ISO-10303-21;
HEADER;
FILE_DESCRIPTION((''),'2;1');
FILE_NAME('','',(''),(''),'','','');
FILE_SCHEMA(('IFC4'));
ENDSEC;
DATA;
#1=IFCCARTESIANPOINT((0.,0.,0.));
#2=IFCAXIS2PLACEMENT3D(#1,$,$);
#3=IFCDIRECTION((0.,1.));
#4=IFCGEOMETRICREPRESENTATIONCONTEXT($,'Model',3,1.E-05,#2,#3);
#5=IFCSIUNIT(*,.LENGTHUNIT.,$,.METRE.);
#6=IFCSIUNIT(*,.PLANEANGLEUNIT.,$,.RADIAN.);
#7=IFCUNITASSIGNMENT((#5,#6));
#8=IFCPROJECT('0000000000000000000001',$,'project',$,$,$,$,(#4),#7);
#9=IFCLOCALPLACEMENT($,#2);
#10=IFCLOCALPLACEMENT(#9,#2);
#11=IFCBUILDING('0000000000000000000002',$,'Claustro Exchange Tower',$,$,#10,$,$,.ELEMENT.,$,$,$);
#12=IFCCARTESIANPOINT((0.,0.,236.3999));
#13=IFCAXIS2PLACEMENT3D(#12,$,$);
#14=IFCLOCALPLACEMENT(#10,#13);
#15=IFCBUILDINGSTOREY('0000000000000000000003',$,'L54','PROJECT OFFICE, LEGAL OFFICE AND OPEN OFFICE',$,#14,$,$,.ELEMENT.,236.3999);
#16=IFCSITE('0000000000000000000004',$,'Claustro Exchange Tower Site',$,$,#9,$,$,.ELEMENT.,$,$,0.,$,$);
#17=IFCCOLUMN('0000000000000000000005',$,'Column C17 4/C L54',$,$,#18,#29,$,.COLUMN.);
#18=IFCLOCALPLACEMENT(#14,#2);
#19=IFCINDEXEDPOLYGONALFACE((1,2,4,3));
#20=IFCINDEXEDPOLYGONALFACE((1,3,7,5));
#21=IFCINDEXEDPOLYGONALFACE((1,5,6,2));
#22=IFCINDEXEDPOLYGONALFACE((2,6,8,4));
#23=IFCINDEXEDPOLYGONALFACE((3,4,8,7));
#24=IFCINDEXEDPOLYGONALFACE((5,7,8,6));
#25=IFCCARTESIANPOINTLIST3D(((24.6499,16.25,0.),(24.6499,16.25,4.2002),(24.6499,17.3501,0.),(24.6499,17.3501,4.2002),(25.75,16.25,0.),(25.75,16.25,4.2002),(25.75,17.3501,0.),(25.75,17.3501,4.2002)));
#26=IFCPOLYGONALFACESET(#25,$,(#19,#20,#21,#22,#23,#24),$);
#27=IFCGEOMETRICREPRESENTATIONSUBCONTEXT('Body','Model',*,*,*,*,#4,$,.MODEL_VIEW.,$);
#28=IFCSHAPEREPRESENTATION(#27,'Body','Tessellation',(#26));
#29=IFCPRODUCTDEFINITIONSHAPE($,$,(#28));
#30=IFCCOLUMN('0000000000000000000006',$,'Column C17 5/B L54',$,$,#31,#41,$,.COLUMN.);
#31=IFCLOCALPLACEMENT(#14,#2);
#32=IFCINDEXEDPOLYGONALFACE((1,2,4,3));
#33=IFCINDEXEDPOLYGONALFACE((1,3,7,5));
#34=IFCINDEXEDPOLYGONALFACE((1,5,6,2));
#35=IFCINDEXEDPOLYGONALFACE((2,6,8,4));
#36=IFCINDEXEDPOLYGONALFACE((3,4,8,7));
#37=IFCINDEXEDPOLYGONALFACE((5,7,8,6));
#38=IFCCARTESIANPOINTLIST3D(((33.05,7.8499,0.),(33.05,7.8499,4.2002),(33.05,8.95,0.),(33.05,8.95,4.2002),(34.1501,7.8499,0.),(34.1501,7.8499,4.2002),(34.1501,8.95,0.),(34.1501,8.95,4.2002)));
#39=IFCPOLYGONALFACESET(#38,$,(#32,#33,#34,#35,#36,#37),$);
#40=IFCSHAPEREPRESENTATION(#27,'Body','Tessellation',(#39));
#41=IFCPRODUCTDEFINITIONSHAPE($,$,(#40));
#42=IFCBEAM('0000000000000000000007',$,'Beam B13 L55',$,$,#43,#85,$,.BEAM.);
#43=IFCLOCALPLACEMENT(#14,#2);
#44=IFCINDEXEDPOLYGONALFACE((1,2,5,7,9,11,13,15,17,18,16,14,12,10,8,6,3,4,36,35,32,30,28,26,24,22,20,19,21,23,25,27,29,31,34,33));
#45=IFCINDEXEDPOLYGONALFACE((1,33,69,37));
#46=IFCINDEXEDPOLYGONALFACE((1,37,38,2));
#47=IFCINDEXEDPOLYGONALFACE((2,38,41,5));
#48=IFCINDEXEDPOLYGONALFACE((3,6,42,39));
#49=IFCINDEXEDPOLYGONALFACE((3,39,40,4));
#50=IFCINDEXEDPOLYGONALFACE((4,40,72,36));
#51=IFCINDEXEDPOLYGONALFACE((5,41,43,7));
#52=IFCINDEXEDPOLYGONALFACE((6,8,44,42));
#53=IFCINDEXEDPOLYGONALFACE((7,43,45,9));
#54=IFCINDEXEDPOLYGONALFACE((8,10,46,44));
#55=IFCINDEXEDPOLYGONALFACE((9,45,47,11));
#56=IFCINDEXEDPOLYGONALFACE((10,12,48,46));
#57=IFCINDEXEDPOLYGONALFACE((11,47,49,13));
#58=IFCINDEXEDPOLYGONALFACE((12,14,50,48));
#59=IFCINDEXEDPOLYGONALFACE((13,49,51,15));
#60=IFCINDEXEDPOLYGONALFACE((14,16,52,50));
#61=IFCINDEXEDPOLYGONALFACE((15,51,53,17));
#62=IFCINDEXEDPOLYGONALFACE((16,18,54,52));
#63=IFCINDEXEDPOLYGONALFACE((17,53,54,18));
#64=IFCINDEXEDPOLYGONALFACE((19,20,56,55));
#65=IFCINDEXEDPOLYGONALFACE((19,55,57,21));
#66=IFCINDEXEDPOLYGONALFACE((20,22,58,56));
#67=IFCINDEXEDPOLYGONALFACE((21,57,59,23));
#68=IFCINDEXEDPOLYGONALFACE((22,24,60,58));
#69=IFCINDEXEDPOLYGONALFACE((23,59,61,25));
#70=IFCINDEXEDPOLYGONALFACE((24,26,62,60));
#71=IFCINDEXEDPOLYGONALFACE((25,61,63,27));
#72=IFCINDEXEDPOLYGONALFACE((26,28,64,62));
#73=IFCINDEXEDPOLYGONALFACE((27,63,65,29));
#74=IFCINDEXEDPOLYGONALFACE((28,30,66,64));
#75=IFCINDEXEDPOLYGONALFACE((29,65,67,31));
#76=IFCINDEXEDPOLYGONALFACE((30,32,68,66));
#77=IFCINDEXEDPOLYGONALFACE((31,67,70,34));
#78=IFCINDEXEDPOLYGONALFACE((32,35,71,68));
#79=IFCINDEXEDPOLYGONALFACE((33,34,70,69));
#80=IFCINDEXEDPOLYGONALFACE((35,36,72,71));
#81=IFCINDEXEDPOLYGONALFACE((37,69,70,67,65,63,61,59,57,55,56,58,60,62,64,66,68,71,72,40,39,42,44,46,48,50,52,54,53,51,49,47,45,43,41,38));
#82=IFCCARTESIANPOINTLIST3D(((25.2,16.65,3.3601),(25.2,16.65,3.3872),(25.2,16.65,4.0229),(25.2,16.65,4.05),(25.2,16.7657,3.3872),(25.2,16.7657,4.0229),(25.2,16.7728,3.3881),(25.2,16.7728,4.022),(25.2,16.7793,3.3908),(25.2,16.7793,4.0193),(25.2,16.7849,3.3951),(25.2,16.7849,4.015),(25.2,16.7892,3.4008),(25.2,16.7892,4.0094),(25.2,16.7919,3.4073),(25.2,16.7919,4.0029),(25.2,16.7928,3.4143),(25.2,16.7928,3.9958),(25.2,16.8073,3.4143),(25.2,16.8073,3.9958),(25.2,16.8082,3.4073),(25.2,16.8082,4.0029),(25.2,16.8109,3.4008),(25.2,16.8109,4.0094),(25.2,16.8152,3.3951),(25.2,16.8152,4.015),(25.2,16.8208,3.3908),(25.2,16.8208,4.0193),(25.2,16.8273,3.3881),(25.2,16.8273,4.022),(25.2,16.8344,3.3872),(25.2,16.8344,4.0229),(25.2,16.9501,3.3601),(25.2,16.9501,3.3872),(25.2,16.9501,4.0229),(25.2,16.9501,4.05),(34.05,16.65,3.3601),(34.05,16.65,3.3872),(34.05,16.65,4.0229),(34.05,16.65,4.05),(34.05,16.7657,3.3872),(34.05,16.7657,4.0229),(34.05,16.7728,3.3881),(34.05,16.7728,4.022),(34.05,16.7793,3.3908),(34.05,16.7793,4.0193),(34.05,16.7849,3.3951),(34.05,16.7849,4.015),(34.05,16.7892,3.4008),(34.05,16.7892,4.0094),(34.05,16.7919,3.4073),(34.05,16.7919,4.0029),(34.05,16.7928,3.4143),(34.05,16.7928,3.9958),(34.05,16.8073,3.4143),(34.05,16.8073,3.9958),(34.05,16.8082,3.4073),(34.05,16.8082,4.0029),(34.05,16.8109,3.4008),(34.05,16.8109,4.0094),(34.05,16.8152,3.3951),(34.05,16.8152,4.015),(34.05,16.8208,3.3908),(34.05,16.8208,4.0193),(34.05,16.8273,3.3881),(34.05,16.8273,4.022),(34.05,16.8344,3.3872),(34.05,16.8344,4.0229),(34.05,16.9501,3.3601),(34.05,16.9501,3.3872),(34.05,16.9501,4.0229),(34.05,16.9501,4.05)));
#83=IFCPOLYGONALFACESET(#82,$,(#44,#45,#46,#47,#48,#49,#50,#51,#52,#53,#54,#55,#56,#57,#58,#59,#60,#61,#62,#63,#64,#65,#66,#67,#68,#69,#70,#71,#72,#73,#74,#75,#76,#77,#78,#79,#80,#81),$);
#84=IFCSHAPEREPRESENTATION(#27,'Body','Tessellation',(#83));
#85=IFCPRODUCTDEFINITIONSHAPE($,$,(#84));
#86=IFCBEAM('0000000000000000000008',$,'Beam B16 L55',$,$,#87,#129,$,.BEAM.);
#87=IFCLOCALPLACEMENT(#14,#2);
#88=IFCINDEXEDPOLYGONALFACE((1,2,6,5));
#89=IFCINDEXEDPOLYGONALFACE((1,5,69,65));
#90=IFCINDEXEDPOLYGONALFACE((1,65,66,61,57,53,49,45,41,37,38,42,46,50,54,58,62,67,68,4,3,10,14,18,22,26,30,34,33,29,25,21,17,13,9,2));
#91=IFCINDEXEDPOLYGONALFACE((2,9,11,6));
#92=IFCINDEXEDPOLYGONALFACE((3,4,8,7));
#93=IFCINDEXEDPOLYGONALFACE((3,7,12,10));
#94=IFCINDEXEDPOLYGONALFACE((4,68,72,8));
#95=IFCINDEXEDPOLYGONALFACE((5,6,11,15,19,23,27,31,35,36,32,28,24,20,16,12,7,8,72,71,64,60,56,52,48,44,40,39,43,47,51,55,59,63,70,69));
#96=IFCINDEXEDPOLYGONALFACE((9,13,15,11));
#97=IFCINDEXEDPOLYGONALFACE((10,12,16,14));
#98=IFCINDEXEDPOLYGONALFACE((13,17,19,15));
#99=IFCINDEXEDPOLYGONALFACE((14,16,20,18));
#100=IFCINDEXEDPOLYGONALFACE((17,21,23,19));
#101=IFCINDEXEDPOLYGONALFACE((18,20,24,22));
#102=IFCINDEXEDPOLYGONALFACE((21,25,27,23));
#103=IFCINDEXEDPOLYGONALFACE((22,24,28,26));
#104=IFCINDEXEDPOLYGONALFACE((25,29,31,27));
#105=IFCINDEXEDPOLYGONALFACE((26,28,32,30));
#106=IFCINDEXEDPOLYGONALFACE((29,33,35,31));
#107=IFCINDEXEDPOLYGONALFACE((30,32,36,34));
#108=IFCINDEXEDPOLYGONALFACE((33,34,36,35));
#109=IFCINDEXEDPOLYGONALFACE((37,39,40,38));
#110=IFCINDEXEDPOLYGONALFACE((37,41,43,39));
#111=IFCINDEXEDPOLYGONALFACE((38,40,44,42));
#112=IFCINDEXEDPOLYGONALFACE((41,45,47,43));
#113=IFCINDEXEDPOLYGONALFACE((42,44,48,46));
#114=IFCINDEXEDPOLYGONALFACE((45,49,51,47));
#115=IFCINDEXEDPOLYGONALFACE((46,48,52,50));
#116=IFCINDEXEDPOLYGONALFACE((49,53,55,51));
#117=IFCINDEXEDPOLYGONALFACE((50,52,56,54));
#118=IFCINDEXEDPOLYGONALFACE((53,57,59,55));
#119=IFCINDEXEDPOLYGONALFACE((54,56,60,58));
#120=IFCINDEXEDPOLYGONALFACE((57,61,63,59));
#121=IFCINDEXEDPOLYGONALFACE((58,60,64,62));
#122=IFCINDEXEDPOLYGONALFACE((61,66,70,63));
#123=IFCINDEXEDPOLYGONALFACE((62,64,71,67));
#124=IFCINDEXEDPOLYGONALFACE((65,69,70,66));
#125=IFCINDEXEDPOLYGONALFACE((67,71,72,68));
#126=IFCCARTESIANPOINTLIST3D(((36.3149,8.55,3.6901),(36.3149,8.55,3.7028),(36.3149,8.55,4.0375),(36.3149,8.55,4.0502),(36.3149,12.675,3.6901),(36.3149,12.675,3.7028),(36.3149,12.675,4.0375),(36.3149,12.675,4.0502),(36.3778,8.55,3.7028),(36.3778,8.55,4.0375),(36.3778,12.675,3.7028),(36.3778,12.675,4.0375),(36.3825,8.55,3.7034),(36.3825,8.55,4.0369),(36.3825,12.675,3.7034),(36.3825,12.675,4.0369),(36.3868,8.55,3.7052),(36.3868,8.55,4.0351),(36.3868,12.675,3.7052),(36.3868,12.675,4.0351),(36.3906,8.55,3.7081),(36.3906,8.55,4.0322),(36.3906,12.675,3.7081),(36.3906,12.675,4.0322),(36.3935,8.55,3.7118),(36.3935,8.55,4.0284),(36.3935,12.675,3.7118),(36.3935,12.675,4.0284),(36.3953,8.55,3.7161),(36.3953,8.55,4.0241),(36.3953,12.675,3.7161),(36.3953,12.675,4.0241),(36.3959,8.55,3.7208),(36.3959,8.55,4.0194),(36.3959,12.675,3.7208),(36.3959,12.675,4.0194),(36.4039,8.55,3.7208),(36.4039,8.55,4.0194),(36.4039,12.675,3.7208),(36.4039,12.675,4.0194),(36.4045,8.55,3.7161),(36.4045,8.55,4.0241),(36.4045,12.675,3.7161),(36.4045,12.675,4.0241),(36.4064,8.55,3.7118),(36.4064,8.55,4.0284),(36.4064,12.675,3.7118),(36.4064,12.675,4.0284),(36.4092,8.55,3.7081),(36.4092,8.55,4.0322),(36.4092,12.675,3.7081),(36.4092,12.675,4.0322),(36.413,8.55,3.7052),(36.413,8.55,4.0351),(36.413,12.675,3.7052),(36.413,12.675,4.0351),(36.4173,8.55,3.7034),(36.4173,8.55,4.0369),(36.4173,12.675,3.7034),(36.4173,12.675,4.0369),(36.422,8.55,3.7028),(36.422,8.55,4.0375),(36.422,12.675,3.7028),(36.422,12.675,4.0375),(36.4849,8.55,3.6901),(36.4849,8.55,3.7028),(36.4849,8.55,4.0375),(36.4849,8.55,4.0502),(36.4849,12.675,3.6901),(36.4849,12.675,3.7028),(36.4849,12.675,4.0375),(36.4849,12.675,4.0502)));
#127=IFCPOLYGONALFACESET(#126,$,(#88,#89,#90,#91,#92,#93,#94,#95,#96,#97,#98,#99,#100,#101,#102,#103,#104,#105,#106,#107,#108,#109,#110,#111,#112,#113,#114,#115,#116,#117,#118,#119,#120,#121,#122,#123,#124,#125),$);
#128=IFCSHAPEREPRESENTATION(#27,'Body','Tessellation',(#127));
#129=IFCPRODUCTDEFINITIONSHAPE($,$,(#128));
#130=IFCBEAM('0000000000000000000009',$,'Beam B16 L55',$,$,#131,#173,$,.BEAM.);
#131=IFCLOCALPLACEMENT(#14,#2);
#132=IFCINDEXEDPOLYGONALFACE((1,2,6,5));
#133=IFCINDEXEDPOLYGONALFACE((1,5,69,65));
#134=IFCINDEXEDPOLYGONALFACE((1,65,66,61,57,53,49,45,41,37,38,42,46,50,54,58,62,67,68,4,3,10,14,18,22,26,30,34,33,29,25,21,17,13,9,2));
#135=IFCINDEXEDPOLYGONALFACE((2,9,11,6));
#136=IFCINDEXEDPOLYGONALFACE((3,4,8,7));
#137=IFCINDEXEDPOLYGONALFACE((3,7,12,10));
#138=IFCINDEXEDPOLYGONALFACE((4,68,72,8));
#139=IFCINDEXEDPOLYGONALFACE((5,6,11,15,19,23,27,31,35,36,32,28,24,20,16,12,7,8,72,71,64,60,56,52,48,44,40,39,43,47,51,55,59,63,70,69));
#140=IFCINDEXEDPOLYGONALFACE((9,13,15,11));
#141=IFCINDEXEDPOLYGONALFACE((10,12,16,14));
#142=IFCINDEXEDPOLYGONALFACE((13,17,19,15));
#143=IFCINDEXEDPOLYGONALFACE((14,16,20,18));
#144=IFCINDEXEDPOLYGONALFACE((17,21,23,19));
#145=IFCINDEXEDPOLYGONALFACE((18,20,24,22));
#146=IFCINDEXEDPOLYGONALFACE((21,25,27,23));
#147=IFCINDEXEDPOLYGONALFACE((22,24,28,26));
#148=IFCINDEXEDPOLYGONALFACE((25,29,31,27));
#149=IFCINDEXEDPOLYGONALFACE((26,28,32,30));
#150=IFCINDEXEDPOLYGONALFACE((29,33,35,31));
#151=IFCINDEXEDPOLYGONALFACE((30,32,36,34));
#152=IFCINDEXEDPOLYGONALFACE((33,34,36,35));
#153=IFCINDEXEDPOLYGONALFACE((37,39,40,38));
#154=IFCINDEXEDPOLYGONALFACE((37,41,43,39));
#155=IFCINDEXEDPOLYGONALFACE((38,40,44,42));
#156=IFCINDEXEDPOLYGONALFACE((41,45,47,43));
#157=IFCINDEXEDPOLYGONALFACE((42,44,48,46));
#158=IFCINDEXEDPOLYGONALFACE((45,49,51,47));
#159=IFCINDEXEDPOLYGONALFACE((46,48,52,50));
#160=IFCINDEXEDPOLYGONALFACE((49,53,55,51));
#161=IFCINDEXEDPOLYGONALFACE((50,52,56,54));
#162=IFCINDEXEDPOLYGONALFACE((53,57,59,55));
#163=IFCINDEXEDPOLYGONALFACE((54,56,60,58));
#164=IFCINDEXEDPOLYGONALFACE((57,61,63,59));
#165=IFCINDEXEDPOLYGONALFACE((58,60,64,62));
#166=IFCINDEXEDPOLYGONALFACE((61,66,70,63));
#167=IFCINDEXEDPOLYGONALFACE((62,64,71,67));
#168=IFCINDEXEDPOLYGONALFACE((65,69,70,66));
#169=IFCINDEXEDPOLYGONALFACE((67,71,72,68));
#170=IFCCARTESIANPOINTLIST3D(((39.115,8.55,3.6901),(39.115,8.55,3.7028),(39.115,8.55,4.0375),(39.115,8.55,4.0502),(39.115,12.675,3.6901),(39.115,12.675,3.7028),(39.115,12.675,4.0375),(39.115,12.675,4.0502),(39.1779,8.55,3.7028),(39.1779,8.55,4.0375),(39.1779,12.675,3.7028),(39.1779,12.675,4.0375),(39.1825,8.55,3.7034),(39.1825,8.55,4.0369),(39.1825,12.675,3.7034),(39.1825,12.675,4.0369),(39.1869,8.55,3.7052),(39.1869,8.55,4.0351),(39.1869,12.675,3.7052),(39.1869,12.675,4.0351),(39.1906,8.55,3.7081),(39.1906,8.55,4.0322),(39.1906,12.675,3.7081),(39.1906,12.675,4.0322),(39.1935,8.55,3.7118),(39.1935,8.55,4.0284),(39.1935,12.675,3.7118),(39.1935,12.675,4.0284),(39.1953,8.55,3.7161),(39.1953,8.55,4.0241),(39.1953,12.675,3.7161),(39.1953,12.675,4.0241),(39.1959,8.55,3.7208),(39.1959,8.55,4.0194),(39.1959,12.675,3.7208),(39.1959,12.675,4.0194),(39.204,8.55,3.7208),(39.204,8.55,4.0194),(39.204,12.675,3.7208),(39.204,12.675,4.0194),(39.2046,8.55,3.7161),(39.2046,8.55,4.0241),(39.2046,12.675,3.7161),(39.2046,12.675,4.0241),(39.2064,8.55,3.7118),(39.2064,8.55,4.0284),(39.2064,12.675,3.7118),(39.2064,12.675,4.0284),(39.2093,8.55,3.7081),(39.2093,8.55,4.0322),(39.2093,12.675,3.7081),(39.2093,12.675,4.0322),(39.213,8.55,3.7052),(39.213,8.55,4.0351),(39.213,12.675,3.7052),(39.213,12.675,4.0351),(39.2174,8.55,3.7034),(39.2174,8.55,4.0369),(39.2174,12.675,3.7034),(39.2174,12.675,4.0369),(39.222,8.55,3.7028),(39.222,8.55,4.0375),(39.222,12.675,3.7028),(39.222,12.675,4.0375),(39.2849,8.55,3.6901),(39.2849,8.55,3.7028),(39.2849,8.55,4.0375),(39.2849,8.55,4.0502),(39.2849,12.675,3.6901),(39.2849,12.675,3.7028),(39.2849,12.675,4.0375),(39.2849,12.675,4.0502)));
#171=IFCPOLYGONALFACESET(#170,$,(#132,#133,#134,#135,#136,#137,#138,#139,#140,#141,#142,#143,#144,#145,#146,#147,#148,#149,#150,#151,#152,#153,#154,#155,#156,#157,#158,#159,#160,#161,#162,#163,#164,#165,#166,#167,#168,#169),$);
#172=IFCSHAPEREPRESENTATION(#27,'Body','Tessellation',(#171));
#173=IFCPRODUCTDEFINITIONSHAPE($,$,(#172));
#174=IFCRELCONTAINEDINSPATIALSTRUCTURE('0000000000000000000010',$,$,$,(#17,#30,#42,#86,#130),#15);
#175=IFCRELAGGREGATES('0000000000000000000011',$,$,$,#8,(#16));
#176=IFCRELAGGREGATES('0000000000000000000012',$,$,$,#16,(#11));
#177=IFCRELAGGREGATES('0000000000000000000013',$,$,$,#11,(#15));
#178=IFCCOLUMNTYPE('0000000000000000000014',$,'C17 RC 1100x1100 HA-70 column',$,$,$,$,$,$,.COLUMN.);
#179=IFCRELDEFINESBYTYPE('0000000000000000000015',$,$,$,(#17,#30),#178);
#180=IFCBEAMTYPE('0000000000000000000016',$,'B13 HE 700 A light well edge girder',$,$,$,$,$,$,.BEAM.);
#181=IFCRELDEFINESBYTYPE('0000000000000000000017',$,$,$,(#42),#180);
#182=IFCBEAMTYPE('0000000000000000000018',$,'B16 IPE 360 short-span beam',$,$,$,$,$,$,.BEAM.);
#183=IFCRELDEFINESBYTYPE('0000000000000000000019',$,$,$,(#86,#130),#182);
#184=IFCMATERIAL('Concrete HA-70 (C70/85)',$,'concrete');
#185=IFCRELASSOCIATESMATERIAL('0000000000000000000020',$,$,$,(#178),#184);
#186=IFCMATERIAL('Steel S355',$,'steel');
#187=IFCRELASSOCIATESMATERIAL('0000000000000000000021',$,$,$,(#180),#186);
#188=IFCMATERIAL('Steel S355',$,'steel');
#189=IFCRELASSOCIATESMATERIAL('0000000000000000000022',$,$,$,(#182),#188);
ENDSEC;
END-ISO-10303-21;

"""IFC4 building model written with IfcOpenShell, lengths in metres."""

from ifc_helpers import new_model, si_unit, direction, frame, origin, origin_2d, place, context, subcontext, project, spatial, rectangle, i_section, extrude, material, material_profile, profile_set, type_object, element, save


model = new_model("IFC4")

# Units and contexts
model_context = context("Model", 3, precision=1e-05, world=origin(), true_north=direction((0.0, 1.0)))
body_context = subcontext(model_context, "Body", "Model", "MODEL_VIEW")
ifc_project = project(units=[si_unit("LENGTHUNIT", "METRE"), si_unit("PLANEANGLEUNIT", "RADIAN")], contexts=[model_context])

# Site, building, storey
site_placement = place(None, origin())
site = spatial("IfcSite", under=ifc_project, at=site_placement, Name="Claustro Exchange Tower Site", CompositionType="ELEMENT", RefElevation=0.0)
building_placement = place(site_placement, origin())
building = spatial("IfcBuilding", under=site, at=building_placement, Name="Claustro Exchange Tower", CompositionType="ELEMENT")
storey_placement = place(building_placement, frame((0.0, 0.0, 236.3999)))
storey = spatial("IfcBuildingStorey", under=building, at=storey_placement, Name="L54", Description="PROJECT OFFICE, LEGAL OFFICE AND OPEN OFFICE", CompositionType="ELEMENT", Elevation=236.3999)

# Columns
ifc_material_1 = material(Name="Concrete HA-70 (C70/85)", Category="concrete")
ifc_material_profile_1 = material_profile(ifc_material_1, rectangle(XDim=1.1001, YDim=1.1001, at=origin_2d()), Name="RC 1100x1100")
ifc_profile_set_1 = profile_set([ifc_material_profile_1], Name="Concrete HA-70 (C70/85)")
column_type = type_object("IfcColumnType", Name="C17 RC 1100x1100 HA-70 column", PredefinedType="COLUMN", material=ifc_profile_set_1)
for number, where, z_axis, x_axis, name in (
    (1, (25.2, 16.8, 0.0), (0.0, 0.0, 1.0), (1.0, 0.0, 0.0), "Column C17 4/C L54"),
    (2, (33.6001, 8.3999, 0.0), (0.0, 0.0, 1.0), (1.0, 0.0, 0.0), "Column C17 5/B L54"),
):
    element("IfcColumn", number, at=place(storey_placement, frame(where, z_axis=z_axis, x_axis=x_axis)), inside=storey, type_object=column_type, Name=name, PredefinedType="COLUMN", context=body_context, shape_type="SweptSolid", body=[
        extrude(rectangle(XDim=1.1001, YDim=1.1001, at=origin_2d()), origin(), (0.0, 0.0, 1.0), 4.2002),
    ])

# Beams
ifc_material_2 = material(Name="Steel S355", Category="steel")
ifc_material_profile_2 = material_profile(ifc_material_2, i_section(OverallWidth=0.3, OverallDepth=0.6899, WebThickness=0.0144, FlangeThickness=0.0271, FilletRadius=0.0271, at=origin_2d()), Name="HE 700 A")
ifc_profile_set_2 = profile_set([ifc_material_profile_2], Name="Steel S355")
beam_type_1 = type_object("IfcBeamType", Name="B13 HE 700 A light well edge girder", PredefinedType="BEAM", material=ifc_profile_set_2)
beam_1_placement = place(storey_placement, frame((25.2, 16.8, 3.7051), z_axis=(1.0, 0.0, 0.0), x_axis=(0.0, 1.0, 0.0)))
element("IfcBeam", 3, at=beam_1_placement, inside=storey, type_object=beam_type_1, Name="Beam B13 L55", PredefinedType="BEAM", context=body_context, shape_type="SweptSolid", body=[
    extrude(i_section(OverallWidth=0.3, OverallDepth=0.6899, WebThickness=0.0144, FlangeThickness=0.0271, FilletRadius=0.0271, at=origin_2d()), origin(), (0.0, 0.0, 1.0), 8.8501),
])
ifc_material_3 = material(Name="Steel S355", Category="steel")
ifc_material_profile_3 = material_profile(ifc_material_3, i_section(OverallWidth=0.1699, OverallDepth=0.3601, WebThickness=0.0081, FlangeThickness=0.0127, FilletRadius=0.0181, at=origin_2d()), Name="IPE 360")
ifc_profile_set_3 = profile_set([ifc_material_profile_3], Name="Steel S355")
beam_type_2 = type_object("IfcBeamType", Name="B16 IPE 360 short-span beam", PredefinedType="BEAM", material=ifc_profile_set_3)
for number, where, z_axis, x_axis, name in (
    (4, (36.3999, 8.55, 3.8701), (0.0, 1.0, 0.0), (-1.0, 0.0, 0.0), "Beam B16 L55"),
    (5, (39.2, 8.55, 3.8701), (0.0, 1.0, 0.0), (-1.0, 0.0, 0.0), "Beam B16 L55"),
):
    element("IfcBeam", number, at=place(storey_placement, frame(where, z_axis=z_axis, x_axis=x_axis)), inside=storey, type_object=beam_type_2, Name=name, PredefinedType="BEAM", context=body_context, shape_type="SweptSolid", body=[
        extrude(i_section(OverallWidth=0.1699, OverallDepth=0.3601, WebThickness=0.0081, FlangeThickness=0.0127, FilletRadius=0.0181, at=origin_2d()), origin(), (0.0, 0.0, 1.0), 4.125),
    ])

save(model, "model.ifc")
